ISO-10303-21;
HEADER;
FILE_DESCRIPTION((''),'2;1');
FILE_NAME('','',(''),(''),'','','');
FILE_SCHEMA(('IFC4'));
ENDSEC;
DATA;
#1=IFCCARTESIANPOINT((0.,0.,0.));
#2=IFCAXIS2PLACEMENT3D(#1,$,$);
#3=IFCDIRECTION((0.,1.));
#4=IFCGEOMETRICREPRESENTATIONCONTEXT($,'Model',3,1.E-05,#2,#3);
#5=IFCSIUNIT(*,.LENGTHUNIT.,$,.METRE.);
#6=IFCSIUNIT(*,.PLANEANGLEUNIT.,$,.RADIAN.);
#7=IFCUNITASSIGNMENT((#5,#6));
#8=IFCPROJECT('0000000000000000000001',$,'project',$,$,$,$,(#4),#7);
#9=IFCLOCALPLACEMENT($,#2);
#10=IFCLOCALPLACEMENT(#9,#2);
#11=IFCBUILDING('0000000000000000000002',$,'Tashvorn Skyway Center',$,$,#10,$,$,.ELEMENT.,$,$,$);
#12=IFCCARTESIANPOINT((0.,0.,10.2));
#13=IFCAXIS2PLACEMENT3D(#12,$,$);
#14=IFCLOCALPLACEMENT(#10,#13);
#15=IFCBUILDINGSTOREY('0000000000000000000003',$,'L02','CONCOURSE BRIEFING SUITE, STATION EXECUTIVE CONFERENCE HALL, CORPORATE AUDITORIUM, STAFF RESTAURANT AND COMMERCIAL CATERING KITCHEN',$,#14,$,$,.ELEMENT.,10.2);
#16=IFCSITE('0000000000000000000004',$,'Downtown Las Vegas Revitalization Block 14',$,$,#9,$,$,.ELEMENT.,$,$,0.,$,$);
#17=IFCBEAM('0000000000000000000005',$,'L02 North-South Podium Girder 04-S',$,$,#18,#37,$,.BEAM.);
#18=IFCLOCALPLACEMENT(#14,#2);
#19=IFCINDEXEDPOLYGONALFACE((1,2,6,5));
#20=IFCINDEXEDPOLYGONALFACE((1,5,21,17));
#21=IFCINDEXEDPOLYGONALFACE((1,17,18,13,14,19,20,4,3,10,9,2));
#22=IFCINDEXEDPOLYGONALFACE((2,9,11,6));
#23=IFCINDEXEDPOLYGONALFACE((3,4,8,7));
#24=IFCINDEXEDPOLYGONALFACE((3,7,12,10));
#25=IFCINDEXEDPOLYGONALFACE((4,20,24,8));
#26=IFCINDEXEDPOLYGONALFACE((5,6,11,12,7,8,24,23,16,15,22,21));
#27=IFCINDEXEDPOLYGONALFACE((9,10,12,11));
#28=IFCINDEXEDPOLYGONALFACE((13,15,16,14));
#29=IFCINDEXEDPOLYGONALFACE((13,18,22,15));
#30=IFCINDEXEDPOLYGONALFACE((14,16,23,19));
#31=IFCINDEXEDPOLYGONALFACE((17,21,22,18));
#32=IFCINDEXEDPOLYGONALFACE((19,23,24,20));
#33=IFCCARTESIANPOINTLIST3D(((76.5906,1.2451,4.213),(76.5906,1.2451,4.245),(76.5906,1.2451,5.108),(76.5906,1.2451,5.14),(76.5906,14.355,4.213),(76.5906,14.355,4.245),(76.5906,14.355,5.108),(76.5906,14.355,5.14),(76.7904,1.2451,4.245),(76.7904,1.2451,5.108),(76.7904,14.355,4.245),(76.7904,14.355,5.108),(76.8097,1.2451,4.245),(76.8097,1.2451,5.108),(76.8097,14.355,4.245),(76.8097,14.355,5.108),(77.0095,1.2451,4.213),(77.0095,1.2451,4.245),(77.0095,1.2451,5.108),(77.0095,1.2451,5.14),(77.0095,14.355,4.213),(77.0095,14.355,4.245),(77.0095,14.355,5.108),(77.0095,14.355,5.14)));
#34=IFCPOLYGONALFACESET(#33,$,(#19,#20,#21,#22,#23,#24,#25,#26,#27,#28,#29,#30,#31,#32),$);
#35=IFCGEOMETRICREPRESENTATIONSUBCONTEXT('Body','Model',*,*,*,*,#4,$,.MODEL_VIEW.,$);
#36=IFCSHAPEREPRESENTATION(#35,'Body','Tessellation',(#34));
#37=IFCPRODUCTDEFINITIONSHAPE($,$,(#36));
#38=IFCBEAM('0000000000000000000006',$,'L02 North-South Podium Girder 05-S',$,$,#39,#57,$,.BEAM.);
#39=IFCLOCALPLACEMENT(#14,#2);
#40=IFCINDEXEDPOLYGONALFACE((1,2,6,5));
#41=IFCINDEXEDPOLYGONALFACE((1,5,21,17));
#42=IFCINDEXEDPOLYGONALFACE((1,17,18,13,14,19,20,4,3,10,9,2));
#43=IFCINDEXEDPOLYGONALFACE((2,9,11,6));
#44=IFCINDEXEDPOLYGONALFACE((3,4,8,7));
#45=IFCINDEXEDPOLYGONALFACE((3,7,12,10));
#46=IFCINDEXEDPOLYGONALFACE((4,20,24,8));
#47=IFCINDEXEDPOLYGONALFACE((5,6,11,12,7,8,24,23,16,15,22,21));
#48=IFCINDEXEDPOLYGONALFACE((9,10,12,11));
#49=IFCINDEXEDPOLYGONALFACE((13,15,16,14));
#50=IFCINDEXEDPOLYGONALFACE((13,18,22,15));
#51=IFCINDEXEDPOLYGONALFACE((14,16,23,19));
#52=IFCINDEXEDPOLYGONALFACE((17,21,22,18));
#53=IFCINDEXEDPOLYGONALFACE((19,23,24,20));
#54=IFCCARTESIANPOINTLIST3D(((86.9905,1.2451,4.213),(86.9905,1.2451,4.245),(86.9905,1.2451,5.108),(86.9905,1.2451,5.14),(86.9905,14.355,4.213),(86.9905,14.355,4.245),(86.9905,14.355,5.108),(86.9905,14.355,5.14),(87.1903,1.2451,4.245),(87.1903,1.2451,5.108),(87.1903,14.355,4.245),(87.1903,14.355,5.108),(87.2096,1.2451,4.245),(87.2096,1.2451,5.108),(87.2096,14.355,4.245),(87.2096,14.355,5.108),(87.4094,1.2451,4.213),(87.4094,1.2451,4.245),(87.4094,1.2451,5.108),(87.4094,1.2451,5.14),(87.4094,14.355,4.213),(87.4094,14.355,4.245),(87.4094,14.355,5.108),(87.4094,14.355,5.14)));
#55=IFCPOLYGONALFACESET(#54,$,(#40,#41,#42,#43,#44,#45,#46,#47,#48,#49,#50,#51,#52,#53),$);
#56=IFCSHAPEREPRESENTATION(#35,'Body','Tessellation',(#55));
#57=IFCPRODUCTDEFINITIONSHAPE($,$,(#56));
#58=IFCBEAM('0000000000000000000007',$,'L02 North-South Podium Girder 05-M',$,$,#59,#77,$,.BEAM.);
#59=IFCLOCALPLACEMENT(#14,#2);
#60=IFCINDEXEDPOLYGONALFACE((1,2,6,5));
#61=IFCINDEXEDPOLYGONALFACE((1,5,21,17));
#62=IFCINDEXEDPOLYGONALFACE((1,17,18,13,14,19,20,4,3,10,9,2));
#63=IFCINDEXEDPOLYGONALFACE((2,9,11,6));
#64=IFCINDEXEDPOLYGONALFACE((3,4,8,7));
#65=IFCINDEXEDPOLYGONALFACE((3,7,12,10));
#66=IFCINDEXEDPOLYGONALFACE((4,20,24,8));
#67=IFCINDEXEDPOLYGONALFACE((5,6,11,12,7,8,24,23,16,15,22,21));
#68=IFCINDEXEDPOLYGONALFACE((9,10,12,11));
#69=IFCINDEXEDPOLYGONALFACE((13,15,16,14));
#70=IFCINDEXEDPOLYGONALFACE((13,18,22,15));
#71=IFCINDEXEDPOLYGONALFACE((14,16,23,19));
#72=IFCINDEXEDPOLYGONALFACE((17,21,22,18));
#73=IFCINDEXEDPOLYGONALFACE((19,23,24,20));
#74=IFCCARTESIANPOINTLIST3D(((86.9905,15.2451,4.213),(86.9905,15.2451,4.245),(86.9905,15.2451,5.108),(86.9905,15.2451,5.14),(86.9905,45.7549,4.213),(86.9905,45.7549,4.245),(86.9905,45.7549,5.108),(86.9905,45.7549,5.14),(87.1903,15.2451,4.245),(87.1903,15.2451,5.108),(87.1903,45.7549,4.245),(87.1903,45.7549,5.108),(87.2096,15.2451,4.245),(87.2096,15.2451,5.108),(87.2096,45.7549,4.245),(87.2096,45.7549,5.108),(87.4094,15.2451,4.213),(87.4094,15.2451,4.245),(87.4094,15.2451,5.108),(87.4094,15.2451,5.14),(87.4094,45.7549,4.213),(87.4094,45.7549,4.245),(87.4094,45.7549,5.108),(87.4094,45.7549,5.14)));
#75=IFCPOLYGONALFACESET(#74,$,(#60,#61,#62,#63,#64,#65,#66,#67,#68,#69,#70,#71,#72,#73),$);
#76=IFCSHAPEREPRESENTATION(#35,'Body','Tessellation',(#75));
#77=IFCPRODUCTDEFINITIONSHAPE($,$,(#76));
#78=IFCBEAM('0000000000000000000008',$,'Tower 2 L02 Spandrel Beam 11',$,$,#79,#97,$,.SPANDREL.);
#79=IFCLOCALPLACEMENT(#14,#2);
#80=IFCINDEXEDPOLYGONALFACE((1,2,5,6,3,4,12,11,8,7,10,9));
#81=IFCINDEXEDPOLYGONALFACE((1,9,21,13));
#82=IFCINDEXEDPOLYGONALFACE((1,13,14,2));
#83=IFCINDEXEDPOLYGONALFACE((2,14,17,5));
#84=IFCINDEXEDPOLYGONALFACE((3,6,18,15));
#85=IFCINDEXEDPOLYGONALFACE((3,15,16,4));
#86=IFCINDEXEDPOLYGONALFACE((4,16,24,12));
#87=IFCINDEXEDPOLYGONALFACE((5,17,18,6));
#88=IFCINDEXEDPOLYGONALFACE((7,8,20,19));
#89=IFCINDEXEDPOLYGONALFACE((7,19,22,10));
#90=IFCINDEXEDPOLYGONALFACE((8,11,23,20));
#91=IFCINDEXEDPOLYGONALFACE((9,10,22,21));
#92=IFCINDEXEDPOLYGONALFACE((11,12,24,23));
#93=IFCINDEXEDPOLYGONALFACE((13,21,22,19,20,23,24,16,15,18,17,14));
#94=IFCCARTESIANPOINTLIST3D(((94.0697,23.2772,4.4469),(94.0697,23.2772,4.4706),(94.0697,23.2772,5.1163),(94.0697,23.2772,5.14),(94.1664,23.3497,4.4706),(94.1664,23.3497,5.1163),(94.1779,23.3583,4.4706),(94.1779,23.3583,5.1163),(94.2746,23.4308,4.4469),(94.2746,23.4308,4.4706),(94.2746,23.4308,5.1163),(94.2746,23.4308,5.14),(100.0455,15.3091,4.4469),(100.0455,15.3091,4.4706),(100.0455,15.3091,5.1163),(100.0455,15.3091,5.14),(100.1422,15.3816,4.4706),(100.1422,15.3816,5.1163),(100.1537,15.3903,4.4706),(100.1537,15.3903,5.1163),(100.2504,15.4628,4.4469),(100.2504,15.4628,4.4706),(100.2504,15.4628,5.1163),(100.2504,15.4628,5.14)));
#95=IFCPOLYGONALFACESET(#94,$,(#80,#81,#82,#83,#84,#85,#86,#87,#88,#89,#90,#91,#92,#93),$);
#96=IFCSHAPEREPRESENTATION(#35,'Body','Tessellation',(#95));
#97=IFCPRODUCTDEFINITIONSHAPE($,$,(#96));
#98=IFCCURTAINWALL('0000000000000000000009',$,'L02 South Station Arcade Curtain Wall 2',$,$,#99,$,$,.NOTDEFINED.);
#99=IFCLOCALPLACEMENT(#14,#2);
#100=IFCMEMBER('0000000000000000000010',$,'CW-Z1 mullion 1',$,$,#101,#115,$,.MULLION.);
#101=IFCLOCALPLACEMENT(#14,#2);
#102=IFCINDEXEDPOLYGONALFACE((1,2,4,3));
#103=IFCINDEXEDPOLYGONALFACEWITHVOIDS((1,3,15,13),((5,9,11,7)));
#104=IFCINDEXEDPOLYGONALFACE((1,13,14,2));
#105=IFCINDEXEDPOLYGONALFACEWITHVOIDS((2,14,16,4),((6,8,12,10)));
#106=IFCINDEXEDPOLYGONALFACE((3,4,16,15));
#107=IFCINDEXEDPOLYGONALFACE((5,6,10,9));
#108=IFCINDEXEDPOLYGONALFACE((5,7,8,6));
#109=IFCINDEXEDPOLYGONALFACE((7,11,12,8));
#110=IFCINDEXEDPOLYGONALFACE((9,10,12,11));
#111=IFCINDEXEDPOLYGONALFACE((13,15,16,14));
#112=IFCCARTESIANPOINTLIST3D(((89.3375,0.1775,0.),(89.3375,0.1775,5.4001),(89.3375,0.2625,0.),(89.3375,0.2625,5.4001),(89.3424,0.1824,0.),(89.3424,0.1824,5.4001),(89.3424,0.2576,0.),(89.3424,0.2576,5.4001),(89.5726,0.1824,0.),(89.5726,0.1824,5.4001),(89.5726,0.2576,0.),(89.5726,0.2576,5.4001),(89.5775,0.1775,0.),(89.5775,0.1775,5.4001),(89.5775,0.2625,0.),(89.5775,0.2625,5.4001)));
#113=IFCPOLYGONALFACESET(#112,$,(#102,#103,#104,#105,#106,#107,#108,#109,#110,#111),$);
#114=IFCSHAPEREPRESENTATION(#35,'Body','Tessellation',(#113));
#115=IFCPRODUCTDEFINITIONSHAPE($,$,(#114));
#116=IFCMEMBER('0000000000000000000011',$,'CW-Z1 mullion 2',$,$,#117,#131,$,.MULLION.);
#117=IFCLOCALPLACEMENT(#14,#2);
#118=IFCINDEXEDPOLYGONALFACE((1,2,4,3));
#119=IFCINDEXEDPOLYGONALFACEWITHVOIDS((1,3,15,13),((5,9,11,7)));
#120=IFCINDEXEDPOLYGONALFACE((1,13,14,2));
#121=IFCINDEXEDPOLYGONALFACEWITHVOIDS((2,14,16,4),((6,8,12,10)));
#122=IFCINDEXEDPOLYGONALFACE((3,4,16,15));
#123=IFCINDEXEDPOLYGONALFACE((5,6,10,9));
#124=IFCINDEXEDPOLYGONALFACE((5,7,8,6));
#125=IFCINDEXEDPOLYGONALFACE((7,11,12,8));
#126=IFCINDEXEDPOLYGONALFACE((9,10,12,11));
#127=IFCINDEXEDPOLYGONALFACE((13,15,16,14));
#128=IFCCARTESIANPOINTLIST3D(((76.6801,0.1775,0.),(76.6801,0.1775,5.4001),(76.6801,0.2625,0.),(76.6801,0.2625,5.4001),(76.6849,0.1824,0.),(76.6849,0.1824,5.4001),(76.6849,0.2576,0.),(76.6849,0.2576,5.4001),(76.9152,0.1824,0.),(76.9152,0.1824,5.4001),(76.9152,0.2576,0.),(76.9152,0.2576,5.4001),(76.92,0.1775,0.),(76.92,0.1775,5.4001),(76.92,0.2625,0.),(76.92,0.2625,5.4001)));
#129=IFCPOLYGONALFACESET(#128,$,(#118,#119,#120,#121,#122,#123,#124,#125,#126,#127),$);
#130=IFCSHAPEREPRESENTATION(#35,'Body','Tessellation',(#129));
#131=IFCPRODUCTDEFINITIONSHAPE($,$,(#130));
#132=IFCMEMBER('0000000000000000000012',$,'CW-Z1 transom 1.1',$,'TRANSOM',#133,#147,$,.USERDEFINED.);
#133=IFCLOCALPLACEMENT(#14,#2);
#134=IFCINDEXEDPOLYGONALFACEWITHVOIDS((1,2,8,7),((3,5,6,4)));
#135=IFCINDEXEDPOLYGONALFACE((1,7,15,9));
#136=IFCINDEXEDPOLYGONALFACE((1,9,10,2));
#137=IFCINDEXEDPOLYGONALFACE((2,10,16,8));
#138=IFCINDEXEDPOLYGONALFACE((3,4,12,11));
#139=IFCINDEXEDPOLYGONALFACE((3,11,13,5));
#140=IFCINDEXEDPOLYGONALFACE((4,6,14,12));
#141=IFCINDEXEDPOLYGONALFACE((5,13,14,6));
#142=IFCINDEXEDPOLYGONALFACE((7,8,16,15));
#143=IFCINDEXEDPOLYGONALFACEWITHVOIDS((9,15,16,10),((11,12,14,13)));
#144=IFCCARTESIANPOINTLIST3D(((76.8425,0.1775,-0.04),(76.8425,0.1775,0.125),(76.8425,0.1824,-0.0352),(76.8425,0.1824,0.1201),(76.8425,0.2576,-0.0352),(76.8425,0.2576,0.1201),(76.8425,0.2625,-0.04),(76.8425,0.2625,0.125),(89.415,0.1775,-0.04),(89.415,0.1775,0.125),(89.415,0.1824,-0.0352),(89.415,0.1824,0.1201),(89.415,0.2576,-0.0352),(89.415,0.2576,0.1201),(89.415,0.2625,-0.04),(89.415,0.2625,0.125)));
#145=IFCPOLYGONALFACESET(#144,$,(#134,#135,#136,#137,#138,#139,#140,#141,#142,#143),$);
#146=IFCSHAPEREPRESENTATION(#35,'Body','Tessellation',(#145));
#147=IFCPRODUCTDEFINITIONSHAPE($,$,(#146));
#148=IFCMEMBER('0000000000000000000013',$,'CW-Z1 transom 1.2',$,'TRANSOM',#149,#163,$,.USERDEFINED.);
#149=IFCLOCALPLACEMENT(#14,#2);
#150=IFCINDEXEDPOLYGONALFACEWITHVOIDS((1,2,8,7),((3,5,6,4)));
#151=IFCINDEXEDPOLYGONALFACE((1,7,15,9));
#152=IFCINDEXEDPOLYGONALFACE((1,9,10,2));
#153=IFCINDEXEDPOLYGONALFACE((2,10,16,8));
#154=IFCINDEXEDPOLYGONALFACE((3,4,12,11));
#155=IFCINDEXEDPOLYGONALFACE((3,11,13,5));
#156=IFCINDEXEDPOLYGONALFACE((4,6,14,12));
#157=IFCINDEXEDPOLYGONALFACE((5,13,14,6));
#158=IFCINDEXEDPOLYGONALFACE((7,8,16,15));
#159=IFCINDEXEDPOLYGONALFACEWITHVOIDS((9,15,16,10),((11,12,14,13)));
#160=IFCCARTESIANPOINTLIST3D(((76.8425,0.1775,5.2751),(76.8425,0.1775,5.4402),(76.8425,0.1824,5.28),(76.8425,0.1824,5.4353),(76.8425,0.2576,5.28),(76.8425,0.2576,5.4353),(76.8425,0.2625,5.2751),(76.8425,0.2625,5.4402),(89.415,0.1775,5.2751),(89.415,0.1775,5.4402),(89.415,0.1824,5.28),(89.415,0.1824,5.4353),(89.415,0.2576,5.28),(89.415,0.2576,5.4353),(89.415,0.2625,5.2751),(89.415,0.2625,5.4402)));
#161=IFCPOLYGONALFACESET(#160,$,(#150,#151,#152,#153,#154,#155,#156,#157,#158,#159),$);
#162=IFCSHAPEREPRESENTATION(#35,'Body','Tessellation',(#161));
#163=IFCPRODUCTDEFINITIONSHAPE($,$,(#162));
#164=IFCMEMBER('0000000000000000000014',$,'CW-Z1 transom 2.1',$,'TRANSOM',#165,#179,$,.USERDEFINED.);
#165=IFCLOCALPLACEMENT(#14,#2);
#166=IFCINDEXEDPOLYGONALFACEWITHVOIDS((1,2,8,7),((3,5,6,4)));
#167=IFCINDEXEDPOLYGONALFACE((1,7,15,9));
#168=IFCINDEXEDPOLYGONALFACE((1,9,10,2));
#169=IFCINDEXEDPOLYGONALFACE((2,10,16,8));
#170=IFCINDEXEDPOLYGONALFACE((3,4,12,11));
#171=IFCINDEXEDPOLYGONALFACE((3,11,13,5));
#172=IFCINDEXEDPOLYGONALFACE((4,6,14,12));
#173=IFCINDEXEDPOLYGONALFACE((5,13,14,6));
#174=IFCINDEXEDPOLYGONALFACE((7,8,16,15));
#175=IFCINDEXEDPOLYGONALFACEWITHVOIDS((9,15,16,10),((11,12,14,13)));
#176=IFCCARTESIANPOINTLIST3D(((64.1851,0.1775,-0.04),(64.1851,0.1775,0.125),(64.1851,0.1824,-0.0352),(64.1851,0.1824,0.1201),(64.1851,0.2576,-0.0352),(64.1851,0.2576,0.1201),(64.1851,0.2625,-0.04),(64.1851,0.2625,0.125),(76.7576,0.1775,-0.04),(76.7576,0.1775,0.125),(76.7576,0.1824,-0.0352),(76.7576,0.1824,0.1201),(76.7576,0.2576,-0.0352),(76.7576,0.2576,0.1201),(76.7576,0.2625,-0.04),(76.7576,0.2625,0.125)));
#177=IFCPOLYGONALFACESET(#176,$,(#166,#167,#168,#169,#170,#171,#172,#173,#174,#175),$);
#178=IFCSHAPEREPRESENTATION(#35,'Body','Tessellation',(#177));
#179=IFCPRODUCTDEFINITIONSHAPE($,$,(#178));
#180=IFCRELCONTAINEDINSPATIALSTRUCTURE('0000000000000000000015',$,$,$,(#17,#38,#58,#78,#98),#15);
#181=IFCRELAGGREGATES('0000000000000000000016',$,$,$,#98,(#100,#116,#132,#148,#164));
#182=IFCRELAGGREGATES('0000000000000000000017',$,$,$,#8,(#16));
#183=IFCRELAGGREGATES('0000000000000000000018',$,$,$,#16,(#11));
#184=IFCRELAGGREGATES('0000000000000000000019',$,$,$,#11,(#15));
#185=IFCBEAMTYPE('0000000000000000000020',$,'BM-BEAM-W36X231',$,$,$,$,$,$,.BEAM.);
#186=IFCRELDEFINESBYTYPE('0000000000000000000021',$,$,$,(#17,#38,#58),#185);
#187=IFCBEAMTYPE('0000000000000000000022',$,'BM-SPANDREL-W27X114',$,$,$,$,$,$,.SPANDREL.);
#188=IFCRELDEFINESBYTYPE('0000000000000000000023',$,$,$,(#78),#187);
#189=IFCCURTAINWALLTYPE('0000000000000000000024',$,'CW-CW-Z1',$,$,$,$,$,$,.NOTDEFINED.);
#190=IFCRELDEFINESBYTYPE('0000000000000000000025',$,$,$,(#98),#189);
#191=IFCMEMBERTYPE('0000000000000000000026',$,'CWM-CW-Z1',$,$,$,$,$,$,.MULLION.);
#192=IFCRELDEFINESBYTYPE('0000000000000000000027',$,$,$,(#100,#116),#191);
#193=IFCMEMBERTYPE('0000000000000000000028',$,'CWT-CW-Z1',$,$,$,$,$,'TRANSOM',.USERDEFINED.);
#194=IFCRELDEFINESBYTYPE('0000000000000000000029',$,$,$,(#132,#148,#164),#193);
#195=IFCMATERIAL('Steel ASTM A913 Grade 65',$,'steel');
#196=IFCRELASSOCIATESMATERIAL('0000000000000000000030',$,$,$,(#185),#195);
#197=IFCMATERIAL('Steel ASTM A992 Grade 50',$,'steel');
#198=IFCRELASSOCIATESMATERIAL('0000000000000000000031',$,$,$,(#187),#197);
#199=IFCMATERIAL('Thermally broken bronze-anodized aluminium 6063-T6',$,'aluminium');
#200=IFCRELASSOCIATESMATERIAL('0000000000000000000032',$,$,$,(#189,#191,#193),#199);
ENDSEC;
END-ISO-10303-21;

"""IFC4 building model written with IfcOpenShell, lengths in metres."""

from ifc_helpers import new_model, si_unit, direction, frame, origin, origin_2d, place, context, subcontext, project, spatial, hollow_rectangle, i_section, extrude, material, material_profile, profile_set, type_object, element, aggregate, save


model = new_model("IFC4")

# Units and contexts
model_context = context("Model", 3, precision=1e-05, world=origin(), true_north=direction((0.0, 1.0)))
body_context = subcontext(model_context, "Body", "Model", "MODEL_VIEW")
ifc_project = project(units=[si_unit("LENGTHUNIT", "METRE"), si_unit("PLANEANGLEUNIT", "RADIAN")], contexts=[model_context])

# Site, building, storey
site_placement = place(None, origin())
site = spatial("IfcSite", under=ifc_project, at=site_placement, Name="Downtown Las Vegas Revitalization Block 14", CompositionType="ELEMENT", RefElevation=0.0)
building_placement = place(site_placement, origin())
building = spatial("IfcBuilding", under=site, at=building_placement, Name="Tashvorn Skyway Center", CompositionType="ELEMENT")
storey_placement = place(building_placement, frame((0.0, 0.0, 10.2)))
storey = spatial("IfcBuildingStorey", under=building, at=storey_placement, Name="L02", Description="CONCOURSE BRIEFING SUITE, STATION EXECUTIVE CONFERENCE HALL, CORPORATE AUDITORIUM, STAFF RESTAURANT AND COMMERCIAL CATERING KITCHEN", CompositionType="ELEMENT", Elevation=10.2)

# Beams
ifc_material_1 = material(Name="Steel ASTM A992 Grade 50", Category="steel")
ifc_material_2 = material(Name="Steel ASTM A913 Grade 65", Category="steel")
ifc_material_profile_1 = material_profile(ifc_material_2, i_section(OverallWidth=0.4189, OverallDepth=0.927, WebThickness=0.0193, FlangeThickness=0.032, at=origin_2d()), Name="W36X231")
ifc_profile_set_1 = profile_set([ifc_material_profile_1], Name="Steel ASTM A913 Grade 65")
beam_type_1 = type_object("IfcBeamType", Name="BM-BEAM-W36X231", PredefinedType="BEAM", material=ifc_profile_set_1)
for number, where, z_axis, x_axis, name in (
    (1, (76.8, 1.2451, 4.6765), (0.0, 1.0, 0.0), (-1.0, 0.0, 0.0), "L02 North-South Podium Girder 04-S"),
    (2, (87.2, 1.2451, 4.6765), (0.0, 1.0, 0.0), (-1.0, 0.0, 0.0), "L02 North-South Podium Girder 05-S"),
):
    element("IfcBeam", number, at=place(storey_placement, frame(where, z_axis=z_axis, x_axis=x_axis)), inside=storey, type_object=beam_type_1, Name=name, PredefinedType="BEAM", context=body_context, shape_type="SweptSolid", body=[
        extrude(i_section(OverallWidth=0.4189, OverallDepth=0.927, WebThickness=0.0193, FlangeThickness=0.032, at=origin_2d()), origin(), (0.0, 0.0, 1.0), 13.1099),
    ])
beam_1_placement = place(storey_placement, frame((87.2, 15.2451, 4.6765), z_axis=(0.0, 1.0, 0.0), x_axis=(-1.0, 0.0, 0.0)))
element("IfcBeam", 3, at=beam_1_placement, inside=storey, type_object=beam_type_1, Name="L02 North-South Podium Girder 05-M", PredefinedType="BEAM", context=body_context, shape_type="SweptSolid", body=[
    extrude(i_section(OverallWidth=0.4189, OverallDepth=0.927, WebThickness=0.0193, FlangeThickness=0.032, at=origin_2d()), origin(), (0.0, 0.0, 1.0), 30.5098),
])
ifc_material_profile_2 = material_profile(ifc_material_1, i_section(OverallWidth=0.2561, OverallDepth=0.6931, WebThickness=0.0144, FlangeThickness=0.0237, at=origin_2d()), Name="W27X114")
ifc_profile_set_2 = profile_set([ifc_material_profile_2], Name="Steel ASTM A992 Grade 50")
beam_type_2 = type_object("IfcBeamType", Name="BM-SPANDREL-W27X114", PredefinedType="SPANDREL", material=ifc_profile_set_2)
beam_2_placement = place(storey_placement, frame((94.1721, 23.354, 4.7935), z_axis=(0.599988, -0.800009, 0.0), x_axis=(0.800009, 0.599988, 0.0)))
element("IfcBeam", 4, at=beam_2_placement, inside=storey, type_object=beam_type_2, Name="Tower 2 L02 Spandrel Beam 11", PredefinedType="SPANDREL", context=body_context, shape_type="SweptSolid", body=[
    extrude(i_section(OverallWidth=0.2561, OverallDepth=0.6931, WebThickness=0.0144, FlangeThickness=0.0237, at=origin_2d()), origin(), (0.0, 0.0, 1.0), 9.96),
])

# Curtain wall, members
ifc_material_3 = material(Name="Thermally broken bronze-anodized aluminium 6063-T6", Category="aluminium")
curtain_wall_type = type_object("IfcCurtainWallType", Name="CW-CW-Z1", PredefinedType="NOTDEFINED", material=ifc_material_3)
curtain_wall_placement = place(storey_placement, origin())
curtain_wall = element("IfcCurtainWall", 5, at=curtain_wall_placement, inside=storey, type_object=curtain_wall_type, Name="L02 South Station Arcade Curtain Wall 2", PredefinedType="NOTDEFINED")
ifc_material_profile_3 = material_profile(ifc_material_3, hollow_rectangle(XDim=0.085, YDim=0.24, WallThickness=0.0049, at=origin_2d()), Name="ALU-MULL-85x240")
ifc_profile_set_3 = profile_set([ifc_material_profile_3], Name="Thermally broken bronze-anodized aluminium 6063-T6")
member_type_1 = type_object("IfcMemberType", Name="CWM-CW-Z1", PredefinedType="MULLION", material=ifc_profile_set_3)
member_1_placement = place(storey_placement, frame((89.4575, 0.22, 0.0), z_axis=(0.0, 0.0, 1.0), x_axis=(0.0, -1.0, 0.0)))
member_1 = element("IfcMember", 6, at=member_1_placement, type_object=member_type_1, Name="CW-Z1 mullion 1", PredefinedType="MULLION", context=body_context, shape_type="SweptSolid", body=[
    extrude(hollow_rectangle(XDim=0.085, YDim=0.24, WallThickness=0.0049, at=origin_2d()), origin(), (0.0, 0.0, 1.0), 5.4001),
])
member_2_placement = place(storey_placement, frame((76.8, 0.22, 0.0), z_axis=(0.0, 0.0, 1.0), x_axis=(0.0, -1.0, 0.0)))
member_2 = element("IfcMember", 7, at=member_2_placement, type_object=member_type_1, Name="CW-Z1 mullion 2", PredefinedType="MULLION", context=body_context, shape_type="SweptSolid", body=[
    extrude(hollow_rectangle(XDim=0.085, YDim=0.24, WallThickness=0.0049, at=origin_2d()), origin(), (0.0, 0.0, 1.0), 5.4001),
])
ifc_material_profile_4 = material_profile(ifc_material_3, hollow_rectangle(XDim=0.085, YDim=0.165, WallThickness=0.0049, at=origin_2d()), Name="ALU-TRAN-85x165")
ifc_profile_set_4 = profile_set([ifc_material_profile_4], Name="Thermally broken bronze-anodized aluminium 6063-T6")
member_type_2 = type_object("IfcMemberType", Name="CWT-CW-Z1", ElementType="TRANSOM", PredefinedType="USERDEFINED", material=ifc_profile_set_4)
member_3_placement = place(storey_placement, frame((89.415, 0.22, 0.0425), z_axis=(-1.0, 0.0, 0.0), x_axis=(0.0, -1.0, 0.0)))
member_3 = element("IfcMember", 8, at=member_3_placement, type_object=member_type_2, Name="CW-Z1 transom 1.1", ObjectType="TRANSOM", PredefinedType="USERDEFINED", context=body_context, shape_type="SweptSolid", body=[
    extrude(hollow_rectangle(XDim=0.085, YDim=0.165, WallThickness=0.0049, at=origin_2d()), origin(), (0.0, 0.0, 1.0), 12.5725),
])
member_4_placement = place(storey_placement, frame((89.415, 0.22, 5.3577), z_axis=(-1.0, 0.0, 0.0), x_axis=(0.0, -1.0, 0.0)))
member_4 = element("IfcMember", 9, at=member_4_placement, type_object=member_type_2, Name="CW-Z1 transom 1.2", ObjectType="TRANSOM", PredefinedType="USERDEFINED", context=body_context, shape_type="SweptSolid", body=[
    extrude(hollow_rectangle(XDim=0.085, YDim=0.165, WallThickness=0.0049, at=origin_2d()), origin(), (0.0, 0.0, 1.0), 12.5725),
])
member_5_placement = place(storey_placement, frame((76.7576, 0.22, 0.0425), z_axis=(-1.0, 0.0, 0.0), x_axis=(0.0, -1.0, 0.0)))
member_5 = element("IfcMember", 10, at=member_5_placement, type_object=member_type_2, Name="CW-Z1 transom 2.1", ObjectType="TRANSOM", PredefinedType="USERDEFINED", context=body_context, shape_type="SweptSolid", body=[
    extrude(hollow_rectangle(XDim=0.085, YDim=0.165, WallThickness=0.0049, at=origin_2d()), origin(), (0.0, 0.0, 1.0), 12.5725),
])
aggregate(curtain_wall, [member_1, member_2, member_3, member_4, member_5])

save(model, "model.ifc")
